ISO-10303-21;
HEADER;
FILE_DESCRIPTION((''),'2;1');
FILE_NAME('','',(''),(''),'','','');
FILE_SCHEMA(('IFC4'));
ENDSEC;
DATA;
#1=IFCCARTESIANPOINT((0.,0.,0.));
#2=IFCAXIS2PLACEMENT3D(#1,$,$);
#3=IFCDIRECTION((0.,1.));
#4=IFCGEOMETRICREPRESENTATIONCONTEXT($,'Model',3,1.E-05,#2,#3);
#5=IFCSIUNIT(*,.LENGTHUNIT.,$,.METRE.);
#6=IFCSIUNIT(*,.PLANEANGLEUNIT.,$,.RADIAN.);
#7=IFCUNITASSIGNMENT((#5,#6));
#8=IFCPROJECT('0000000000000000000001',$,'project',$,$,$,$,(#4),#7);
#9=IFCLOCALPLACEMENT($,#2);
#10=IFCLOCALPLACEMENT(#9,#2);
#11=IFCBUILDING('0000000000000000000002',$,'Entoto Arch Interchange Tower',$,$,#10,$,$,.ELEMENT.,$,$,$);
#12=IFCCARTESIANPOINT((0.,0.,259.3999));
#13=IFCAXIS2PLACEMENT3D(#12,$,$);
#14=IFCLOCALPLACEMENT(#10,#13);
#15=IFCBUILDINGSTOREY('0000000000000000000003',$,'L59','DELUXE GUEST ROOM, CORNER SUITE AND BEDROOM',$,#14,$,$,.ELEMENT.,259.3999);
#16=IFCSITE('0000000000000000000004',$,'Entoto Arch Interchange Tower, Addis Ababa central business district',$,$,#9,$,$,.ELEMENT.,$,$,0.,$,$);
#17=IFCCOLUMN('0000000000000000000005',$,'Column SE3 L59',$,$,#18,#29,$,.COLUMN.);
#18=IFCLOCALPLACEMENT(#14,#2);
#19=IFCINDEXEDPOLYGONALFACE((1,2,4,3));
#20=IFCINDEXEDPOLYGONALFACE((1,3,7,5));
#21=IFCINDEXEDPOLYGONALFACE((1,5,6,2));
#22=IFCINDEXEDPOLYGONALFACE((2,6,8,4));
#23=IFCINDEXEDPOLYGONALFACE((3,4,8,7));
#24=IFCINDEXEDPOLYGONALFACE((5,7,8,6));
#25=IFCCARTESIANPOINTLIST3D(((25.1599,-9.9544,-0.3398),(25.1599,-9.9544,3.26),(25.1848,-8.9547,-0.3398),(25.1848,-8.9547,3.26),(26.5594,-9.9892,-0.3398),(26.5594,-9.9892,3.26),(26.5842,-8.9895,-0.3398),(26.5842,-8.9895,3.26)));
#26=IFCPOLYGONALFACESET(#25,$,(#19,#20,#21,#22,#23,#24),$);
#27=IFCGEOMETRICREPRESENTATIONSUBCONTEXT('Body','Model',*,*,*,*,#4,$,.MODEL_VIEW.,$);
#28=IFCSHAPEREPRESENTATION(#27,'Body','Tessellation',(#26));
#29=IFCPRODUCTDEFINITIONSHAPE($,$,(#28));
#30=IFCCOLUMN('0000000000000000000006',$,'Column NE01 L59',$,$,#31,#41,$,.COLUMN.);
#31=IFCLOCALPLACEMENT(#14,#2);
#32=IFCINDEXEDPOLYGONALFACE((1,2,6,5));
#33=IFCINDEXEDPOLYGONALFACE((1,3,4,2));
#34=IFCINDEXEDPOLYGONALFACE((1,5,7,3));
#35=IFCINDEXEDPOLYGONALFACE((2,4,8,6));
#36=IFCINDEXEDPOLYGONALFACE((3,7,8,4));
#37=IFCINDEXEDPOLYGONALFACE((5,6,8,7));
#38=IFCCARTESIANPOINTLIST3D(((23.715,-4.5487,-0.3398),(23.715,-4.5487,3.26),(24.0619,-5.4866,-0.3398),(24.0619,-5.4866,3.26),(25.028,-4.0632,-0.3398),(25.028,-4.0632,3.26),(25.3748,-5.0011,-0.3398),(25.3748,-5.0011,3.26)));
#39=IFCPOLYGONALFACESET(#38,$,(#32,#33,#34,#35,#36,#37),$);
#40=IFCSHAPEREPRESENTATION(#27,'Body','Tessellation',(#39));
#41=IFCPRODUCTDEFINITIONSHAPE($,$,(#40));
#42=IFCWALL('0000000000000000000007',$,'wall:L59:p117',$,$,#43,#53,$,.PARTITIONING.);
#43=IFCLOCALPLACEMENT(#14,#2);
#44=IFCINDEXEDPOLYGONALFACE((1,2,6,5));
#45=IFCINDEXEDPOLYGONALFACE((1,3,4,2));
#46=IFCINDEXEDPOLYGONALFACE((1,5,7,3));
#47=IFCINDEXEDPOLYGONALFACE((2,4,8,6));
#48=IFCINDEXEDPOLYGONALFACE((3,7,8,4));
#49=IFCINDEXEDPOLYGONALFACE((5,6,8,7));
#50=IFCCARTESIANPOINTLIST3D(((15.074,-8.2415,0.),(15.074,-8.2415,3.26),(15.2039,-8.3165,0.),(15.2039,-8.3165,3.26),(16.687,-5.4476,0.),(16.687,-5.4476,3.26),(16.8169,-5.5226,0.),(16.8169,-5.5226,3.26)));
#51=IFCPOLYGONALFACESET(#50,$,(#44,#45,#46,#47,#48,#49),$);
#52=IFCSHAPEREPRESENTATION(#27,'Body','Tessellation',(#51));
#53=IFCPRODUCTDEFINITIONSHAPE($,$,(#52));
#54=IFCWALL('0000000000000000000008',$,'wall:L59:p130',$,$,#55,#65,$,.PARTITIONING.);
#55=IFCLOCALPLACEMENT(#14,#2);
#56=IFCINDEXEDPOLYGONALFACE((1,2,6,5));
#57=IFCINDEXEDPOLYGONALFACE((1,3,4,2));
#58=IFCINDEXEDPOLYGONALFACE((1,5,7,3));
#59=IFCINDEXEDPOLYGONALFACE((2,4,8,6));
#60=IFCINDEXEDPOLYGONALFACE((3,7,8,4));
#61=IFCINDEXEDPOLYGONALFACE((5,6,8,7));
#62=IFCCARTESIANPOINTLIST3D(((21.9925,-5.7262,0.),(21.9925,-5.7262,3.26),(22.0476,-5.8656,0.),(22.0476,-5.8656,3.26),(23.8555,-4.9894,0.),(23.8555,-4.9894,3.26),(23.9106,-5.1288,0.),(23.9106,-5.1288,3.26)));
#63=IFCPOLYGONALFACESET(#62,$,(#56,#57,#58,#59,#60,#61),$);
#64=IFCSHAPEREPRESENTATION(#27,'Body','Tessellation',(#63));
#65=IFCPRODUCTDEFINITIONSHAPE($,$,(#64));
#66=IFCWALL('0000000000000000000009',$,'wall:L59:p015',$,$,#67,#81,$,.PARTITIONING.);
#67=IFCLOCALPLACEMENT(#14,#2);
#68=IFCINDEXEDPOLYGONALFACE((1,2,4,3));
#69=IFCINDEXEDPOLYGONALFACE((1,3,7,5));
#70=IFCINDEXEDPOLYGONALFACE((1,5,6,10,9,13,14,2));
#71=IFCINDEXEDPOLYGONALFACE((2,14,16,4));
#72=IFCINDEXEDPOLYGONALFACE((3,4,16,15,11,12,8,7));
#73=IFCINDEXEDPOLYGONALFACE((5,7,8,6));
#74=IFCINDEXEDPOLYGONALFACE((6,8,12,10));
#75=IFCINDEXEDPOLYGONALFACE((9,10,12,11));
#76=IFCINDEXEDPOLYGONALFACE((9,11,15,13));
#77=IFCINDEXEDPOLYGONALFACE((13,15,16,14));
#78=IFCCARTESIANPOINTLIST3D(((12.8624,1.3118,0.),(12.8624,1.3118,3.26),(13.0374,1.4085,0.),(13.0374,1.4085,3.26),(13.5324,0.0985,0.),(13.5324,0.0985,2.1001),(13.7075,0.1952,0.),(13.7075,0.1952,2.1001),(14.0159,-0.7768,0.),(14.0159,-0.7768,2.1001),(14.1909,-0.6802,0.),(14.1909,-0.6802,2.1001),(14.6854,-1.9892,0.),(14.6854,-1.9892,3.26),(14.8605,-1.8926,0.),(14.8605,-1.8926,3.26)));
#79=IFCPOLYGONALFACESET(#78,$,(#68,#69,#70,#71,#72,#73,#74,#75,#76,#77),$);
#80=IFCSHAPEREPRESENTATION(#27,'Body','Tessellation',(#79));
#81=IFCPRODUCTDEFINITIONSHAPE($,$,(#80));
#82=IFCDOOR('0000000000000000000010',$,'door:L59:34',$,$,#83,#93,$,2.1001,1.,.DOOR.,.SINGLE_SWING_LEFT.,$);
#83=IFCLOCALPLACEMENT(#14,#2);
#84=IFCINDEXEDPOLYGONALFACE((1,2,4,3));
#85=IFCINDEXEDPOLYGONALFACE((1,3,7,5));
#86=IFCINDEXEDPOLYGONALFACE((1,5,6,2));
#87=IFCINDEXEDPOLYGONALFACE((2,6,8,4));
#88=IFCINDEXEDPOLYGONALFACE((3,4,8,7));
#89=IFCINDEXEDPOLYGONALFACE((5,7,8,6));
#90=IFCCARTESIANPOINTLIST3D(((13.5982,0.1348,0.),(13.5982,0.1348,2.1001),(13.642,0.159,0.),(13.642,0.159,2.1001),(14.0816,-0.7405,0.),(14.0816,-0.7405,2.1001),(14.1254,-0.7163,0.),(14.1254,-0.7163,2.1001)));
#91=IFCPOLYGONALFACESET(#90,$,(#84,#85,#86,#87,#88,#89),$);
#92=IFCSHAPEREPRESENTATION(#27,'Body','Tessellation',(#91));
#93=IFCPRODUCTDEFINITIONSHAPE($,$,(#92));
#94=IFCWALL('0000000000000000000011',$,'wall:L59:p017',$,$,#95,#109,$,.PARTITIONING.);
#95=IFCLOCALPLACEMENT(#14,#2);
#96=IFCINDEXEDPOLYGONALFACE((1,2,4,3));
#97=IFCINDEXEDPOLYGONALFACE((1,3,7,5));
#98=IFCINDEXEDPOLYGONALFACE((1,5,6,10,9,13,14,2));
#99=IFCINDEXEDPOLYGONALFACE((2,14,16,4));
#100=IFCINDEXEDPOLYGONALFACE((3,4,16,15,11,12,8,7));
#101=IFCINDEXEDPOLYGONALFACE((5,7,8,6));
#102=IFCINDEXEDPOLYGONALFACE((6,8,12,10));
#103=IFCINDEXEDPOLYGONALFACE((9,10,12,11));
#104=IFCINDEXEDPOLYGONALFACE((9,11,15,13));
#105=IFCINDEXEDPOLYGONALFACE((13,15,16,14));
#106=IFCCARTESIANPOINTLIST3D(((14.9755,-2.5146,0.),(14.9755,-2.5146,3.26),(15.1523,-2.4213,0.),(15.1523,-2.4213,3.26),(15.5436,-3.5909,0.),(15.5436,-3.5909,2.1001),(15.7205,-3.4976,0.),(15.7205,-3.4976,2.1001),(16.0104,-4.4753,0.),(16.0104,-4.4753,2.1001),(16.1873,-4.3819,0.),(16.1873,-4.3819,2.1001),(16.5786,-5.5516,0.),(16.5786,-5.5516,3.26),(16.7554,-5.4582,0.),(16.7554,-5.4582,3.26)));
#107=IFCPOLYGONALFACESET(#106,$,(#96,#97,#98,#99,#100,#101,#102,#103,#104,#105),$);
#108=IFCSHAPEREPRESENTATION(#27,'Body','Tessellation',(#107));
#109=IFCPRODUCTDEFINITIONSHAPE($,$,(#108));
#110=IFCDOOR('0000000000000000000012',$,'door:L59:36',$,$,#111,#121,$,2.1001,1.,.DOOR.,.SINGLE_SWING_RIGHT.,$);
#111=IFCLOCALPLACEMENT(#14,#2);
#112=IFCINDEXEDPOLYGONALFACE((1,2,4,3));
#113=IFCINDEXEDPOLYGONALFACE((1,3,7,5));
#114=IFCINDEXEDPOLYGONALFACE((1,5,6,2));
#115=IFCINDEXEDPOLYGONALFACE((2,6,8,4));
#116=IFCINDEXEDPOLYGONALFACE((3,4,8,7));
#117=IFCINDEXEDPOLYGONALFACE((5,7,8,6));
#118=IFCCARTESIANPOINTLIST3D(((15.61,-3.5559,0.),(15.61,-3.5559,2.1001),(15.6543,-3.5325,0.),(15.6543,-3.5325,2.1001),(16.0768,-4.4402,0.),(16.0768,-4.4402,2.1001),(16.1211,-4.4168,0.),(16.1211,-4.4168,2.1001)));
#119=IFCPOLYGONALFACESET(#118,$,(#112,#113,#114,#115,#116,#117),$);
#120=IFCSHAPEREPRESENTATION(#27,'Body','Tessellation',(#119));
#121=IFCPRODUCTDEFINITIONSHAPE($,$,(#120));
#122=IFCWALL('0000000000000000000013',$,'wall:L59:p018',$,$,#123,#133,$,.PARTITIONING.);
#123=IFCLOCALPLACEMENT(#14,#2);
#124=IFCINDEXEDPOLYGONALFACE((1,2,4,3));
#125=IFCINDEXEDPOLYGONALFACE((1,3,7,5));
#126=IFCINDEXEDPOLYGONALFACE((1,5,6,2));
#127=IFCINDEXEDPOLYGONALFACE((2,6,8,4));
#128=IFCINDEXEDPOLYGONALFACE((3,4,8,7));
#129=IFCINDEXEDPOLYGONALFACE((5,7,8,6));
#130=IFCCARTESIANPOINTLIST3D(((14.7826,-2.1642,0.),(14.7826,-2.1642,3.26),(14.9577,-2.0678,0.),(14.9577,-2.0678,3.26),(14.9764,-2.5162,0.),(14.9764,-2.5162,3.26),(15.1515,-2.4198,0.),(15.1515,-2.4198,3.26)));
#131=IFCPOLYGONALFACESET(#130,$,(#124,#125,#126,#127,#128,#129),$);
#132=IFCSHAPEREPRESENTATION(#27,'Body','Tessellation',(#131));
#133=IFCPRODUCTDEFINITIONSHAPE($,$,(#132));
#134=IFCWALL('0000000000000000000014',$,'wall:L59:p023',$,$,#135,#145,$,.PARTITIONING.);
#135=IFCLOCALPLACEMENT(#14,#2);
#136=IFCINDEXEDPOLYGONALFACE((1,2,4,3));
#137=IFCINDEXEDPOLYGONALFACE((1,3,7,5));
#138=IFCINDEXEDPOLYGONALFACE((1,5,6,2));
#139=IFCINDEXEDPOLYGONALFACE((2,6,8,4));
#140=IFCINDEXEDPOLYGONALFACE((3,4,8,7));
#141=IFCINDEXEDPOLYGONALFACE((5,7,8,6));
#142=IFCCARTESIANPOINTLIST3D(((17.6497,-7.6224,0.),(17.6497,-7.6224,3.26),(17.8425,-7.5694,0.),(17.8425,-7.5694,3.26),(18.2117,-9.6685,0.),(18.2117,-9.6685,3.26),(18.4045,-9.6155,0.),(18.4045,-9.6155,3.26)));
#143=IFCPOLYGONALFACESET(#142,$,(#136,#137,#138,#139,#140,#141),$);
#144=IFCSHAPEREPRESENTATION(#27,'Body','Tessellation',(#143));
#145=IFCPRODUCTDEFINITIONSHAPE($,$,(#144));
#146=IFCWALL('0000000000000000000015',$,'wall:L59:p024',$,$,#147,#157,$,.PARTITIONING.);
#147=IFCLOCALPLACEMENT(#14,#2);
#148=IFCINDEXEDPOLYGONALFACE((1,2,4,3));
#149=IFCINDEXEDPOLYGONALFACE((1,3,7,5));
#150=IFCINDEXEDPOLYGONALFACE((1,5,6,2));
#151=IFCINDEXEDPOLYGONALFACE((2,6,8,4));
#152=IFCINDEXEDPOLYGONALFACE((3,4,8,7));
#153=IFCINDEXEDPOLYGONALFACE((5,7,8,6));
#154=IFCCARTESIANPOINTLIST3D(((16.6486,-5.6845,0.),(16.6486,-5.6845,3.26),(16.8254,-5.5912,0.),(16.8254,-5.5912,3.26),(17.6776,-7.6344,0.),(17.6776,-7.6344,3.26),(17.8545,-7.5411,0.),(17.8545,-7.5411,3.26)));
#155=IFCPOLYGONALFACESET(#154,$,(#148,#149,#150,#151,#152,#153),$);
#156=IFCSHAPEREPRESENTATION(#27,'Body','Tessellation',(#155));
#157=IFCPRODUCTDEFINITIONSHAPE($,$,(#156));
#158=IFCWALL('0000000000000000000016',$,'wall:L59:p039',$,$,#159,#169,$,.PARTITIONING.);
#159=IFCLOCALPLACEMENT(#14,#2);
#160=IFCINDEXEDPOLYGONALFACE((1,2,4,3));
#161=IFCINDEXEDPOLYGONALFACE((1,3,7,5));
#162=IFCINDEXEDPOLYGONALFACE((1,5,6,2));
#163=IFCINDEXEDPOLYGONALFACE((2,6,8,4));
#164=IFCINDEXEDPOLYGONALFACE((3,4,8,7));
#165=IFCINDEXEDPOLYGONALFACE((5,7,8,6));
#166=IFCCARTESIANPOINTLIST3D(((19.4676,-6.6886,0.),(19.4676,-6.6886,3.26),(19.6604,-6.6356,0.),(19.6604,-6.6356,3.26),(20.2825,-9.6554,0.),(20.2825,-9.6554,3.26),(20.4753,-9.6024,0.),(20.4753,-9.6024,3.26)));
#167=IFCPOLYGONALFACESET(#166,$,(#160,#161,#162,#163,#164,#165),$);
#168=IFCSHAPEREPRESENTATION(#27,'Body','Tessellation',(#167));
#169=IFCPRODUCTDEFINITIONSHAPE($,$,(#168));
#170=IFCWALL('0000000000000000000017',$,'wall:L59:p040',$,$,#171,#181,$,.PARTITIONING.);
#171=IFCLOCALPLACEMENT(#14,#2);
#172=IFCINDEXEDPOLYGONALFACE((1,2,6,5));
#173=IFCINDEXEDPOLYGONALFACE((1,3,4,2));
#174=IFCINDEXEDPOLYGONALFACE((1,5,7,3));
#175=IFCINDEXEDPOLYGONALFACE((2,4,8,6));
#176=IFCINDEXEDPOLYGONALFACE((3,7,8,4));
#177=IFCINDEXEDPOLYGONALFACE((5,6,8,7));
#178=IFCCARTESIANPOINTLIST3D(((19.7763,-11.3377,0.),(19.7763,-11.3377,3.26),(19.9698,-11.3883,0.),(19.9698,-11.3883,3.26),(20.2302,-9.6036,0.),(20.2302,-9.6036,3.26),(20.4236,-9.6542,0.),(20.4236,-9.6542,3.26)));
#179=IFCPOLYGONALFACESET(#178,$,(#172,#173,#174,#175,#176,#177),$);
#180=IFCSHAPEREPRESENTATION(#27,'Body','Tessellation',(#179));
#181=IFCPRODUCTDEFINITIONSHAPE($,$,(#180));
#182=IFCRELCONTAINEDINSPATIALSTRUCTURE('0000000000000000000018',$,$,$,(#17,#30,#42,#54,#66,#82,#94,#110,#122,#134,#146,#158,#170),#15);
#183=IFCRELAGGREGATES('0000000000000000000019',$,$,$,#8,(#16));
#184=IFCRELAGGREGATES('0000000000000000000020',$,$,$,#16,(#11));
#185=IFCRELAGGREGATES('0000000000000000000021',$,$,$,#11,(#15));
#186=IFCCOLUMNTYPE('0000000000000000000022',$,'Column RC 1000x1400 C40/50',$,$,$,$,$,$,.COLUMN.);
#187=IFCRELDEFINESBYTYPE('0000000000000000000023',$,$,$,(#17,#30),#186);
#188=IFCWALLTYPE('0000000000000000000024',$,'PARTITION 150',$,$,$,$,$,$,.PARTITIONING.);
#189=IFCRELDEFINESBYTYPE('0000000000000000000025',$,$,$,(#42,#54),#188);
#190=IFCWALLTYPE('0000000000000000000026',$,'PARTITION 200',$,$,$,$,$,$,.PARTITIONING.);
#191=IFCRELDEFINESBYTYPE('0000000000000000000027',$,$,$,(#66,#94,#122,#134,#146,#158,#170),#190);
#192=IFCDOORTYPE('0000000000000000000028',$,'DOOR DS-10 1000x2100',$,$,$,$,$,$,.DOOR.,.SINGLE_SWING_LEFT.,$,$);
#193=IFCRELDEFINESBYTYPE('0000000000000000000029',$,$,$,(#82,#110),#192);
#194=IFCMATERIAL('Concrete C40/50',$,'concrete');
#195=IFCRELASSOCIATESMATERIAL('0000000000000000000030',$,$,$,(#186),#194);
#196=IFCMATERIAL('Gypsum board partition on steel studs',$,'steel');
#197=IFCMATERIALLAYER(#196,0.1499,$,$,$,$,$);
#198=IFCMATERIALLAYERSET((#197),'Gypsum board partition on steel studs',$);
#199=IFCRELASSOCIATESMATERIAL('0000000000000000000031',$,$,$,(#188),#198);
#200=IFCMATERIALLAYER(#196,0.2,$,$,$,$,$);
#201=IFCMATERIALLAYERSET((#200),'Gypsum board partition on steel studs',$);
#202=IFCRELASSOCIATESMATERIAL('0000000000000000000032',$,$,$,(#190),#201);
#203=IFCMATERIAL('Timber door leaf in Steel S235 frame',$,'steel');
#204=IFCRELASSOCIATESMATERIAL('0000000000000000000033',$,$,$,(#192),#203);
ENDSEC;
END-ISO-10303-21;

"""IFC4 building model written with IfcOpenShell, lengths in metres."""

from ifc_helpers import new_model, si_unit, direction, frame, frame_2d, origin, origin_2d, place, context, subcontext, project, spatial, rectangle, extrude, material, layer, layer_set, material_profile, profile_set, type_object, element, fill, save


model = new_model("IFC4")

# Units and contexts
model_context = context("Model", 3, precision=1e-05, world=origin(), true_north=direction((0.0, 1.0)))
body_context = subcontext(model_context, "Body", "Model", "MODEL_VIEW")
ifc_project = project(units=[si_unit("LENGTHUNIT", "METRE"), si_unit("PLANEANGLEUNIT", "RADIAN")], contexts=[model_context])

# Site, building, storey
site_placement = place(None, origin())
site = spatial("IfcSite", under=ifc_project, at=site_placement, Name="Entoto Arch Interchange Tower, Addis Ababa central business district", CompositionType="ELEMENT", RefElevation=0.0)
building_placement = place(site_placement, origin())
building = spatial("IfcBuilding", under=site, at=building_placement, Name="Entoto Arch Interchange Tower", CompositionType="ELEMENT")
storey_placement = place(building_placement, frame((0.0, 0.0, 259.3999)))
storey = spatial("IfcBuildingStorey", under=building, at=storey_placement, Name="L59", Description="DELUXE GUEST ROOM, CORNER SUITE AND BEDROOM", CompositionType="ELEMENT", Elevation=259.3999)

# Columns
ifc_material_1 = material(Name="Concrete C40/50", Category="concrete")
ifc_material_profile = material_profile(ifc_material_1, rectangle(XDim=1.0, YDim=1.3999, at=origin_2d()))
ifc_profile_set = profile_set([ifc_material_profile], Name="Concrete C40/50")
column_type = type_object("IfcColumnType", Name="Column RC 1000x1400 C40/50", PredefinedType="COLUMN", material=ifc_profile_set)
for number, where, z_axis, x_axis, name in (
    (1, (25.8721, -9.4719, -0.3398), (0.0, 0.0, 1.0), (0.024833, 0.999692, 0.0), "Column SE3 L59"),
    (2, (24.5449, -4.7749, -0.3398), (0.0, 0.0, 1.0), (-0.346854, 0.937919, 0.0), "Column NE01 L59"),
):
    element("IfcColumn", number, at=place(storey_placement, frame(where, z_axis=z_axis, x_axis=x_axis)), inside=storey, type_object=column_type, Name=name, PredefinedType="COLUMN", context=body_context, shape_type="SweptSolid", body=[
        extrude(rectangle(XDim=1.0, YDim=1.3999, at=origin_2d()), origin(), (0.0, 0.0, 1.0), 3.5999),
    ])

# Walls
ifc_material_2 = material(Name="Gypsum board partition on steel studs", Category="steel")
ifc_layer_1 = layer(ifc_material_2, 0.1499)
ifc_layer_set_1 = layer_set([ifc_layer_1], Name="Gypsum board partition on steel studs")
wall_type_1 = type_object("IfcWallType", Name="PARTITION 150", PredefinedType="PARTITIONING", material=ifc_layer_set_1)
wall_1_placement = place(storey_placement, frame((16.752, -5.4851, 0.0), z_axis=(0.0, 0.0, 1.0), x_axis=(-0.499989, -0.866032, 0.0)))
element("IfcWall", 3, at=wall_1_placement, inside=storey, type_object=wall_type_1, Name="wall:L59:p117", PredefinedType="PARTITIONING", context=body_context, shape_type="SweptSolid", body=[
    extrude(rectangle(XDim=3.2261, YDim=0.1499, at=frame_2d((1.613, 0.0))), origin(), (0.0, 0.0, 1.0), 3.26),
])
wall_2_placement = place(storey_placement, frame((22.02, -5.7959, 0.0), z_axis=(0.0, 0.0, 1.0), x_axis=(0.929915, 0.367774, 0.0)))
element("IfcWall", 4, at=wall_2_placement, inside=storey, type_object=wall_type_1, Name="wall:L59:p130", PredefinedType="PARTITIONING", context=body_context, shape_type="SweptSolid", body=[
    extrude(rectangle(XDim=2.0034, YDim=0.1499, at=frame_2d((1.0017, 0.0))), origin(), (0.0, 0.0, 1.0), 3.26),
])

# Walls, openings, doors
ifc_layer_2 = layer(ifc_material_2, 0.2)
ifc_layer_set_2 = layer_set([ifc_layer_2], Name="Gypsum board partition on steel studs")
wall_type_2 = type_object("IfcWallType", Name="PARTITION 200", PredefinedType="PARTITIONING", material=ifc_layer_set_2)
wall_3_placement = place(storey_placement, frame((14.7729, -1.9409, 0.0), z_axis=(0.0, 0.0, 1.0), x_axis=(-0.483432, 0.875382, 0.0)))
wall_3 = element("IfcWall", 5, at=wall_3_placement, inside=storey, type_object=wall_type_2, Name="wall:L59:p015", PredefinedType="PARTITIONING", context=body_context, shape_type="SweptSolid", body=[
    extrude(rectangle(XDim=3.771, YDim=0.2, at=frame_2d((1.8855, 0.0))), origin(), (0.0, 0.0, 1.0), 3.26),
])
opening_1_placement = place(wall_3_placement, frame((1.385, 0.0, 0.0)))
opening_1 = element("IfcOpeningElement", 6, at=opening_1_placement, cuts=wall_3, PredefinedType="OPENING", context=body_context, shape_type="SweptSolid", body=[
    extrude(rectangle(XDim=1.0, YDim=2.1001, at=frame_2d((0.5, 1.05))), frame((0.0, 0.1099, 0.0), z_axis=(0.0, -1.0, 0.0), x_axis=(1.0, 0.0, 0.0)), (0.0, 0.0, 1.0), 0.22),
])
ifc_material_3 = material(Name="Timber door leaf in Steel S235 frame", Category="steel")
door_type_1 = type_object("IfcDoorType", Name="DOOR DS-10 1000x2100", OperationType="SINGLE_SWING_LEFT", PredefinedType="DOOR", material=ifc_material_3)
door_1_placement = place(opening_1_placement, origin())
door_1 = element("IfcDoor", 7, at=door_1_placement, inside=storey, type_object=door_type_1, Name="door:L59:34", OperationType="SINGLE_SWING_LEFT", OverallHeight=2.1001, OverallWidth=1.0, PredefinedType="DOOR", context=body_context, shape_type="SweptSolid", body=[
    extrude(rectangle(XDim=1.0, YDim=2.1001, at=frame_2d((0.5, 1.05))), frame((0.0, 0.0249, 0.0), z_axis=(0.0, -1.0, 0.0), x_axis=(1.0, 0.0, 0.0)), (0.0, 0.0, 1.0), 0.05),
])
fill(opening_1, door_1)
wall_4_placement = place(storey_placement, frame((16.667, -5.5049, 0.0), z_axis=(0.0, 0.0, 1.0), x_axis=(-0.466813, 0.884356, 0.0)))
wall_4 = element("IfcWall", 8, at=wall_4_placement, inside=storey, type_object=wall_type_2, Name="wall:L59:p017", PredefinedType="PARTITIONING", context=body_context, shape_type="SweptSolid", body=[
    extrude(rectangle(XDim=3.4341, YDim=0.2, at=frame_2d((1.717, 0.0))), origin(), (0.0, 0.0, 1.0), 3.26),
])
opening_2_placement = place(wall_4_placement, frame((1.217, 0.0, 0.0)))
opening_2 = element("IfcOpeningElement", 9, at=opening_2_placement, cuts=wall_4, PredefinedType="OPENING", context=body_context, shape_type="SweptSolid", body=[
    extrude(rectangle(XDim=1.0, YDim=2.1001, at=frame_2d((0.5, 1.05))), frame((0.0, 0.1099, 0.0), z_axis=(0.0, -1.0, 0.0), x_axis=(1.0, 0.0, 0.0)), (0.0, 0.0, 1.0), 0.22),
])
door_2_placement = place(opening_2_placement, origin())
door_2 = element("IfcDoor", 10, at=door_2_placement, inside=storey, type_object=door_type_1, Name="door:L59:36", OperationType="SINGLE_SWING_RIGHT", OverallHeight=2.1001, OverallWidth=1.0, PredefinedType="DOOR", context=body_context, shape_type="SweptSolid", body=[
    extrude(rectangle(XDim=1.0, YDim=2.1001, at=frame_2d((0.5, 1.05))), frame((0.0, 0.0249, 0.0), z_axis=(0.0, -1.0, 0.0), x_axis=(1.0, 0.0, 0.0)), (0.0, 0.0, 1.0), 0.05),
])
fill(opening_2, door_2)

# Walls
wall_5_placement = place(storey_placement, frame((15.064, -2.468, 0.0), z_axis=(0.0, 0.0, 1.0), x_axis=(-0.482338, 0.875985, 0.0)))
element("IfcWall", 11, at=wall_5_placement, inside=storey, type_object=wall_type_2, Name="wall:L59:p018", PredefinedType="PARTITIONING", context=body_context, shape_type="SweptSolid", body=[
    extrude(rectangle(XDim=0.4019, YDim=0.2, at=frame_2d((0.2009, 0.0))), origin(), (0.0, 0.0, 1.0), 3.26),
])
wall_6_placement = place(storey_placement, frame((18.3081, -9.6421, 0.0), z_axis=(0.0, 0.0, 1.0), x_axis=(-0.26486, 0.964287, 0.0)))
element("IfcWall", 12, at=wall_6_placement, inside=storey, type_object=wall_type_2, Name="wall:L59:p023", PredefinedType="PARTITIONING", context=body_context, shape_type="SweptSolid", body=[
    extrude(rectangle(XDim=2.1218, YDim=0.2, at=frame_2d((1.061, 0.0))), origin(), (0.0, 0.0, 1.0), 3.26),
])
wall_7_placement = place(storey_placement, frame((17.7661, -7.5879, 0.0), z_axis=(0.0, 0.0, 1.0), x_axis=(-0.466727, 0.884401, 0.0)))
element("IfcWall", 13, at=wall_7_placement, inside=storey, type_object=wall_type_2, Name="wall:L59:p024", PredefinedType="PARTITIONING", context=body_context, shape_type="SweptSolid", body=[
    extrude(rectangle(XDim=2.2048, YDim=0.2, at=frame_2d((1.1025, 0.0))), origin(), (0.0, 0.0, 1.0), 3.26),
])
wall_8_placement = place(storey_placement, frame((19.564, -6.6621, 0.0), z_axis=(0.0, 0.0, 1.0), x_axis=(0.264876, -0.964282, 0.0)))
element("IfcWall", 14, at=wall_8_placement, inside=storey, type_object=wall_type_2, Name="wall:L59:p039", PredefinedType="PARTITIONING", context=body_context, shape_type="SweptSolid", body=[
    extrude(rectangle(XDim=3.0767, YDim=0.2, at=frame_2d((1.5383, 0.0))), origin(), (0.0, 0.0, 1.0), 3.26),
])
wall_9_placement = place(storey_placement, frame((20.3269, -9.6289, 0.0), z_axis=(0.0, 0.0, 1.0), x_axis=(-0.253192, -0.967416, 0.0)))
element("IfcWall", 15, at=wall_9_placement, inside=storey, type_object=wall_type_2, Name="wall:L59:p040", PredefinedType="PARTITIONING", context=body_context, shape_type="SweptSolid", body=[
    extrude(rectangle(XDim=1.7925, YDim=0.2, at=frame_2d((0.8962, 0.0))), origin(), (0.0, 0.0, 1.0), 3.26),
])

save(model, "model.ifc")
